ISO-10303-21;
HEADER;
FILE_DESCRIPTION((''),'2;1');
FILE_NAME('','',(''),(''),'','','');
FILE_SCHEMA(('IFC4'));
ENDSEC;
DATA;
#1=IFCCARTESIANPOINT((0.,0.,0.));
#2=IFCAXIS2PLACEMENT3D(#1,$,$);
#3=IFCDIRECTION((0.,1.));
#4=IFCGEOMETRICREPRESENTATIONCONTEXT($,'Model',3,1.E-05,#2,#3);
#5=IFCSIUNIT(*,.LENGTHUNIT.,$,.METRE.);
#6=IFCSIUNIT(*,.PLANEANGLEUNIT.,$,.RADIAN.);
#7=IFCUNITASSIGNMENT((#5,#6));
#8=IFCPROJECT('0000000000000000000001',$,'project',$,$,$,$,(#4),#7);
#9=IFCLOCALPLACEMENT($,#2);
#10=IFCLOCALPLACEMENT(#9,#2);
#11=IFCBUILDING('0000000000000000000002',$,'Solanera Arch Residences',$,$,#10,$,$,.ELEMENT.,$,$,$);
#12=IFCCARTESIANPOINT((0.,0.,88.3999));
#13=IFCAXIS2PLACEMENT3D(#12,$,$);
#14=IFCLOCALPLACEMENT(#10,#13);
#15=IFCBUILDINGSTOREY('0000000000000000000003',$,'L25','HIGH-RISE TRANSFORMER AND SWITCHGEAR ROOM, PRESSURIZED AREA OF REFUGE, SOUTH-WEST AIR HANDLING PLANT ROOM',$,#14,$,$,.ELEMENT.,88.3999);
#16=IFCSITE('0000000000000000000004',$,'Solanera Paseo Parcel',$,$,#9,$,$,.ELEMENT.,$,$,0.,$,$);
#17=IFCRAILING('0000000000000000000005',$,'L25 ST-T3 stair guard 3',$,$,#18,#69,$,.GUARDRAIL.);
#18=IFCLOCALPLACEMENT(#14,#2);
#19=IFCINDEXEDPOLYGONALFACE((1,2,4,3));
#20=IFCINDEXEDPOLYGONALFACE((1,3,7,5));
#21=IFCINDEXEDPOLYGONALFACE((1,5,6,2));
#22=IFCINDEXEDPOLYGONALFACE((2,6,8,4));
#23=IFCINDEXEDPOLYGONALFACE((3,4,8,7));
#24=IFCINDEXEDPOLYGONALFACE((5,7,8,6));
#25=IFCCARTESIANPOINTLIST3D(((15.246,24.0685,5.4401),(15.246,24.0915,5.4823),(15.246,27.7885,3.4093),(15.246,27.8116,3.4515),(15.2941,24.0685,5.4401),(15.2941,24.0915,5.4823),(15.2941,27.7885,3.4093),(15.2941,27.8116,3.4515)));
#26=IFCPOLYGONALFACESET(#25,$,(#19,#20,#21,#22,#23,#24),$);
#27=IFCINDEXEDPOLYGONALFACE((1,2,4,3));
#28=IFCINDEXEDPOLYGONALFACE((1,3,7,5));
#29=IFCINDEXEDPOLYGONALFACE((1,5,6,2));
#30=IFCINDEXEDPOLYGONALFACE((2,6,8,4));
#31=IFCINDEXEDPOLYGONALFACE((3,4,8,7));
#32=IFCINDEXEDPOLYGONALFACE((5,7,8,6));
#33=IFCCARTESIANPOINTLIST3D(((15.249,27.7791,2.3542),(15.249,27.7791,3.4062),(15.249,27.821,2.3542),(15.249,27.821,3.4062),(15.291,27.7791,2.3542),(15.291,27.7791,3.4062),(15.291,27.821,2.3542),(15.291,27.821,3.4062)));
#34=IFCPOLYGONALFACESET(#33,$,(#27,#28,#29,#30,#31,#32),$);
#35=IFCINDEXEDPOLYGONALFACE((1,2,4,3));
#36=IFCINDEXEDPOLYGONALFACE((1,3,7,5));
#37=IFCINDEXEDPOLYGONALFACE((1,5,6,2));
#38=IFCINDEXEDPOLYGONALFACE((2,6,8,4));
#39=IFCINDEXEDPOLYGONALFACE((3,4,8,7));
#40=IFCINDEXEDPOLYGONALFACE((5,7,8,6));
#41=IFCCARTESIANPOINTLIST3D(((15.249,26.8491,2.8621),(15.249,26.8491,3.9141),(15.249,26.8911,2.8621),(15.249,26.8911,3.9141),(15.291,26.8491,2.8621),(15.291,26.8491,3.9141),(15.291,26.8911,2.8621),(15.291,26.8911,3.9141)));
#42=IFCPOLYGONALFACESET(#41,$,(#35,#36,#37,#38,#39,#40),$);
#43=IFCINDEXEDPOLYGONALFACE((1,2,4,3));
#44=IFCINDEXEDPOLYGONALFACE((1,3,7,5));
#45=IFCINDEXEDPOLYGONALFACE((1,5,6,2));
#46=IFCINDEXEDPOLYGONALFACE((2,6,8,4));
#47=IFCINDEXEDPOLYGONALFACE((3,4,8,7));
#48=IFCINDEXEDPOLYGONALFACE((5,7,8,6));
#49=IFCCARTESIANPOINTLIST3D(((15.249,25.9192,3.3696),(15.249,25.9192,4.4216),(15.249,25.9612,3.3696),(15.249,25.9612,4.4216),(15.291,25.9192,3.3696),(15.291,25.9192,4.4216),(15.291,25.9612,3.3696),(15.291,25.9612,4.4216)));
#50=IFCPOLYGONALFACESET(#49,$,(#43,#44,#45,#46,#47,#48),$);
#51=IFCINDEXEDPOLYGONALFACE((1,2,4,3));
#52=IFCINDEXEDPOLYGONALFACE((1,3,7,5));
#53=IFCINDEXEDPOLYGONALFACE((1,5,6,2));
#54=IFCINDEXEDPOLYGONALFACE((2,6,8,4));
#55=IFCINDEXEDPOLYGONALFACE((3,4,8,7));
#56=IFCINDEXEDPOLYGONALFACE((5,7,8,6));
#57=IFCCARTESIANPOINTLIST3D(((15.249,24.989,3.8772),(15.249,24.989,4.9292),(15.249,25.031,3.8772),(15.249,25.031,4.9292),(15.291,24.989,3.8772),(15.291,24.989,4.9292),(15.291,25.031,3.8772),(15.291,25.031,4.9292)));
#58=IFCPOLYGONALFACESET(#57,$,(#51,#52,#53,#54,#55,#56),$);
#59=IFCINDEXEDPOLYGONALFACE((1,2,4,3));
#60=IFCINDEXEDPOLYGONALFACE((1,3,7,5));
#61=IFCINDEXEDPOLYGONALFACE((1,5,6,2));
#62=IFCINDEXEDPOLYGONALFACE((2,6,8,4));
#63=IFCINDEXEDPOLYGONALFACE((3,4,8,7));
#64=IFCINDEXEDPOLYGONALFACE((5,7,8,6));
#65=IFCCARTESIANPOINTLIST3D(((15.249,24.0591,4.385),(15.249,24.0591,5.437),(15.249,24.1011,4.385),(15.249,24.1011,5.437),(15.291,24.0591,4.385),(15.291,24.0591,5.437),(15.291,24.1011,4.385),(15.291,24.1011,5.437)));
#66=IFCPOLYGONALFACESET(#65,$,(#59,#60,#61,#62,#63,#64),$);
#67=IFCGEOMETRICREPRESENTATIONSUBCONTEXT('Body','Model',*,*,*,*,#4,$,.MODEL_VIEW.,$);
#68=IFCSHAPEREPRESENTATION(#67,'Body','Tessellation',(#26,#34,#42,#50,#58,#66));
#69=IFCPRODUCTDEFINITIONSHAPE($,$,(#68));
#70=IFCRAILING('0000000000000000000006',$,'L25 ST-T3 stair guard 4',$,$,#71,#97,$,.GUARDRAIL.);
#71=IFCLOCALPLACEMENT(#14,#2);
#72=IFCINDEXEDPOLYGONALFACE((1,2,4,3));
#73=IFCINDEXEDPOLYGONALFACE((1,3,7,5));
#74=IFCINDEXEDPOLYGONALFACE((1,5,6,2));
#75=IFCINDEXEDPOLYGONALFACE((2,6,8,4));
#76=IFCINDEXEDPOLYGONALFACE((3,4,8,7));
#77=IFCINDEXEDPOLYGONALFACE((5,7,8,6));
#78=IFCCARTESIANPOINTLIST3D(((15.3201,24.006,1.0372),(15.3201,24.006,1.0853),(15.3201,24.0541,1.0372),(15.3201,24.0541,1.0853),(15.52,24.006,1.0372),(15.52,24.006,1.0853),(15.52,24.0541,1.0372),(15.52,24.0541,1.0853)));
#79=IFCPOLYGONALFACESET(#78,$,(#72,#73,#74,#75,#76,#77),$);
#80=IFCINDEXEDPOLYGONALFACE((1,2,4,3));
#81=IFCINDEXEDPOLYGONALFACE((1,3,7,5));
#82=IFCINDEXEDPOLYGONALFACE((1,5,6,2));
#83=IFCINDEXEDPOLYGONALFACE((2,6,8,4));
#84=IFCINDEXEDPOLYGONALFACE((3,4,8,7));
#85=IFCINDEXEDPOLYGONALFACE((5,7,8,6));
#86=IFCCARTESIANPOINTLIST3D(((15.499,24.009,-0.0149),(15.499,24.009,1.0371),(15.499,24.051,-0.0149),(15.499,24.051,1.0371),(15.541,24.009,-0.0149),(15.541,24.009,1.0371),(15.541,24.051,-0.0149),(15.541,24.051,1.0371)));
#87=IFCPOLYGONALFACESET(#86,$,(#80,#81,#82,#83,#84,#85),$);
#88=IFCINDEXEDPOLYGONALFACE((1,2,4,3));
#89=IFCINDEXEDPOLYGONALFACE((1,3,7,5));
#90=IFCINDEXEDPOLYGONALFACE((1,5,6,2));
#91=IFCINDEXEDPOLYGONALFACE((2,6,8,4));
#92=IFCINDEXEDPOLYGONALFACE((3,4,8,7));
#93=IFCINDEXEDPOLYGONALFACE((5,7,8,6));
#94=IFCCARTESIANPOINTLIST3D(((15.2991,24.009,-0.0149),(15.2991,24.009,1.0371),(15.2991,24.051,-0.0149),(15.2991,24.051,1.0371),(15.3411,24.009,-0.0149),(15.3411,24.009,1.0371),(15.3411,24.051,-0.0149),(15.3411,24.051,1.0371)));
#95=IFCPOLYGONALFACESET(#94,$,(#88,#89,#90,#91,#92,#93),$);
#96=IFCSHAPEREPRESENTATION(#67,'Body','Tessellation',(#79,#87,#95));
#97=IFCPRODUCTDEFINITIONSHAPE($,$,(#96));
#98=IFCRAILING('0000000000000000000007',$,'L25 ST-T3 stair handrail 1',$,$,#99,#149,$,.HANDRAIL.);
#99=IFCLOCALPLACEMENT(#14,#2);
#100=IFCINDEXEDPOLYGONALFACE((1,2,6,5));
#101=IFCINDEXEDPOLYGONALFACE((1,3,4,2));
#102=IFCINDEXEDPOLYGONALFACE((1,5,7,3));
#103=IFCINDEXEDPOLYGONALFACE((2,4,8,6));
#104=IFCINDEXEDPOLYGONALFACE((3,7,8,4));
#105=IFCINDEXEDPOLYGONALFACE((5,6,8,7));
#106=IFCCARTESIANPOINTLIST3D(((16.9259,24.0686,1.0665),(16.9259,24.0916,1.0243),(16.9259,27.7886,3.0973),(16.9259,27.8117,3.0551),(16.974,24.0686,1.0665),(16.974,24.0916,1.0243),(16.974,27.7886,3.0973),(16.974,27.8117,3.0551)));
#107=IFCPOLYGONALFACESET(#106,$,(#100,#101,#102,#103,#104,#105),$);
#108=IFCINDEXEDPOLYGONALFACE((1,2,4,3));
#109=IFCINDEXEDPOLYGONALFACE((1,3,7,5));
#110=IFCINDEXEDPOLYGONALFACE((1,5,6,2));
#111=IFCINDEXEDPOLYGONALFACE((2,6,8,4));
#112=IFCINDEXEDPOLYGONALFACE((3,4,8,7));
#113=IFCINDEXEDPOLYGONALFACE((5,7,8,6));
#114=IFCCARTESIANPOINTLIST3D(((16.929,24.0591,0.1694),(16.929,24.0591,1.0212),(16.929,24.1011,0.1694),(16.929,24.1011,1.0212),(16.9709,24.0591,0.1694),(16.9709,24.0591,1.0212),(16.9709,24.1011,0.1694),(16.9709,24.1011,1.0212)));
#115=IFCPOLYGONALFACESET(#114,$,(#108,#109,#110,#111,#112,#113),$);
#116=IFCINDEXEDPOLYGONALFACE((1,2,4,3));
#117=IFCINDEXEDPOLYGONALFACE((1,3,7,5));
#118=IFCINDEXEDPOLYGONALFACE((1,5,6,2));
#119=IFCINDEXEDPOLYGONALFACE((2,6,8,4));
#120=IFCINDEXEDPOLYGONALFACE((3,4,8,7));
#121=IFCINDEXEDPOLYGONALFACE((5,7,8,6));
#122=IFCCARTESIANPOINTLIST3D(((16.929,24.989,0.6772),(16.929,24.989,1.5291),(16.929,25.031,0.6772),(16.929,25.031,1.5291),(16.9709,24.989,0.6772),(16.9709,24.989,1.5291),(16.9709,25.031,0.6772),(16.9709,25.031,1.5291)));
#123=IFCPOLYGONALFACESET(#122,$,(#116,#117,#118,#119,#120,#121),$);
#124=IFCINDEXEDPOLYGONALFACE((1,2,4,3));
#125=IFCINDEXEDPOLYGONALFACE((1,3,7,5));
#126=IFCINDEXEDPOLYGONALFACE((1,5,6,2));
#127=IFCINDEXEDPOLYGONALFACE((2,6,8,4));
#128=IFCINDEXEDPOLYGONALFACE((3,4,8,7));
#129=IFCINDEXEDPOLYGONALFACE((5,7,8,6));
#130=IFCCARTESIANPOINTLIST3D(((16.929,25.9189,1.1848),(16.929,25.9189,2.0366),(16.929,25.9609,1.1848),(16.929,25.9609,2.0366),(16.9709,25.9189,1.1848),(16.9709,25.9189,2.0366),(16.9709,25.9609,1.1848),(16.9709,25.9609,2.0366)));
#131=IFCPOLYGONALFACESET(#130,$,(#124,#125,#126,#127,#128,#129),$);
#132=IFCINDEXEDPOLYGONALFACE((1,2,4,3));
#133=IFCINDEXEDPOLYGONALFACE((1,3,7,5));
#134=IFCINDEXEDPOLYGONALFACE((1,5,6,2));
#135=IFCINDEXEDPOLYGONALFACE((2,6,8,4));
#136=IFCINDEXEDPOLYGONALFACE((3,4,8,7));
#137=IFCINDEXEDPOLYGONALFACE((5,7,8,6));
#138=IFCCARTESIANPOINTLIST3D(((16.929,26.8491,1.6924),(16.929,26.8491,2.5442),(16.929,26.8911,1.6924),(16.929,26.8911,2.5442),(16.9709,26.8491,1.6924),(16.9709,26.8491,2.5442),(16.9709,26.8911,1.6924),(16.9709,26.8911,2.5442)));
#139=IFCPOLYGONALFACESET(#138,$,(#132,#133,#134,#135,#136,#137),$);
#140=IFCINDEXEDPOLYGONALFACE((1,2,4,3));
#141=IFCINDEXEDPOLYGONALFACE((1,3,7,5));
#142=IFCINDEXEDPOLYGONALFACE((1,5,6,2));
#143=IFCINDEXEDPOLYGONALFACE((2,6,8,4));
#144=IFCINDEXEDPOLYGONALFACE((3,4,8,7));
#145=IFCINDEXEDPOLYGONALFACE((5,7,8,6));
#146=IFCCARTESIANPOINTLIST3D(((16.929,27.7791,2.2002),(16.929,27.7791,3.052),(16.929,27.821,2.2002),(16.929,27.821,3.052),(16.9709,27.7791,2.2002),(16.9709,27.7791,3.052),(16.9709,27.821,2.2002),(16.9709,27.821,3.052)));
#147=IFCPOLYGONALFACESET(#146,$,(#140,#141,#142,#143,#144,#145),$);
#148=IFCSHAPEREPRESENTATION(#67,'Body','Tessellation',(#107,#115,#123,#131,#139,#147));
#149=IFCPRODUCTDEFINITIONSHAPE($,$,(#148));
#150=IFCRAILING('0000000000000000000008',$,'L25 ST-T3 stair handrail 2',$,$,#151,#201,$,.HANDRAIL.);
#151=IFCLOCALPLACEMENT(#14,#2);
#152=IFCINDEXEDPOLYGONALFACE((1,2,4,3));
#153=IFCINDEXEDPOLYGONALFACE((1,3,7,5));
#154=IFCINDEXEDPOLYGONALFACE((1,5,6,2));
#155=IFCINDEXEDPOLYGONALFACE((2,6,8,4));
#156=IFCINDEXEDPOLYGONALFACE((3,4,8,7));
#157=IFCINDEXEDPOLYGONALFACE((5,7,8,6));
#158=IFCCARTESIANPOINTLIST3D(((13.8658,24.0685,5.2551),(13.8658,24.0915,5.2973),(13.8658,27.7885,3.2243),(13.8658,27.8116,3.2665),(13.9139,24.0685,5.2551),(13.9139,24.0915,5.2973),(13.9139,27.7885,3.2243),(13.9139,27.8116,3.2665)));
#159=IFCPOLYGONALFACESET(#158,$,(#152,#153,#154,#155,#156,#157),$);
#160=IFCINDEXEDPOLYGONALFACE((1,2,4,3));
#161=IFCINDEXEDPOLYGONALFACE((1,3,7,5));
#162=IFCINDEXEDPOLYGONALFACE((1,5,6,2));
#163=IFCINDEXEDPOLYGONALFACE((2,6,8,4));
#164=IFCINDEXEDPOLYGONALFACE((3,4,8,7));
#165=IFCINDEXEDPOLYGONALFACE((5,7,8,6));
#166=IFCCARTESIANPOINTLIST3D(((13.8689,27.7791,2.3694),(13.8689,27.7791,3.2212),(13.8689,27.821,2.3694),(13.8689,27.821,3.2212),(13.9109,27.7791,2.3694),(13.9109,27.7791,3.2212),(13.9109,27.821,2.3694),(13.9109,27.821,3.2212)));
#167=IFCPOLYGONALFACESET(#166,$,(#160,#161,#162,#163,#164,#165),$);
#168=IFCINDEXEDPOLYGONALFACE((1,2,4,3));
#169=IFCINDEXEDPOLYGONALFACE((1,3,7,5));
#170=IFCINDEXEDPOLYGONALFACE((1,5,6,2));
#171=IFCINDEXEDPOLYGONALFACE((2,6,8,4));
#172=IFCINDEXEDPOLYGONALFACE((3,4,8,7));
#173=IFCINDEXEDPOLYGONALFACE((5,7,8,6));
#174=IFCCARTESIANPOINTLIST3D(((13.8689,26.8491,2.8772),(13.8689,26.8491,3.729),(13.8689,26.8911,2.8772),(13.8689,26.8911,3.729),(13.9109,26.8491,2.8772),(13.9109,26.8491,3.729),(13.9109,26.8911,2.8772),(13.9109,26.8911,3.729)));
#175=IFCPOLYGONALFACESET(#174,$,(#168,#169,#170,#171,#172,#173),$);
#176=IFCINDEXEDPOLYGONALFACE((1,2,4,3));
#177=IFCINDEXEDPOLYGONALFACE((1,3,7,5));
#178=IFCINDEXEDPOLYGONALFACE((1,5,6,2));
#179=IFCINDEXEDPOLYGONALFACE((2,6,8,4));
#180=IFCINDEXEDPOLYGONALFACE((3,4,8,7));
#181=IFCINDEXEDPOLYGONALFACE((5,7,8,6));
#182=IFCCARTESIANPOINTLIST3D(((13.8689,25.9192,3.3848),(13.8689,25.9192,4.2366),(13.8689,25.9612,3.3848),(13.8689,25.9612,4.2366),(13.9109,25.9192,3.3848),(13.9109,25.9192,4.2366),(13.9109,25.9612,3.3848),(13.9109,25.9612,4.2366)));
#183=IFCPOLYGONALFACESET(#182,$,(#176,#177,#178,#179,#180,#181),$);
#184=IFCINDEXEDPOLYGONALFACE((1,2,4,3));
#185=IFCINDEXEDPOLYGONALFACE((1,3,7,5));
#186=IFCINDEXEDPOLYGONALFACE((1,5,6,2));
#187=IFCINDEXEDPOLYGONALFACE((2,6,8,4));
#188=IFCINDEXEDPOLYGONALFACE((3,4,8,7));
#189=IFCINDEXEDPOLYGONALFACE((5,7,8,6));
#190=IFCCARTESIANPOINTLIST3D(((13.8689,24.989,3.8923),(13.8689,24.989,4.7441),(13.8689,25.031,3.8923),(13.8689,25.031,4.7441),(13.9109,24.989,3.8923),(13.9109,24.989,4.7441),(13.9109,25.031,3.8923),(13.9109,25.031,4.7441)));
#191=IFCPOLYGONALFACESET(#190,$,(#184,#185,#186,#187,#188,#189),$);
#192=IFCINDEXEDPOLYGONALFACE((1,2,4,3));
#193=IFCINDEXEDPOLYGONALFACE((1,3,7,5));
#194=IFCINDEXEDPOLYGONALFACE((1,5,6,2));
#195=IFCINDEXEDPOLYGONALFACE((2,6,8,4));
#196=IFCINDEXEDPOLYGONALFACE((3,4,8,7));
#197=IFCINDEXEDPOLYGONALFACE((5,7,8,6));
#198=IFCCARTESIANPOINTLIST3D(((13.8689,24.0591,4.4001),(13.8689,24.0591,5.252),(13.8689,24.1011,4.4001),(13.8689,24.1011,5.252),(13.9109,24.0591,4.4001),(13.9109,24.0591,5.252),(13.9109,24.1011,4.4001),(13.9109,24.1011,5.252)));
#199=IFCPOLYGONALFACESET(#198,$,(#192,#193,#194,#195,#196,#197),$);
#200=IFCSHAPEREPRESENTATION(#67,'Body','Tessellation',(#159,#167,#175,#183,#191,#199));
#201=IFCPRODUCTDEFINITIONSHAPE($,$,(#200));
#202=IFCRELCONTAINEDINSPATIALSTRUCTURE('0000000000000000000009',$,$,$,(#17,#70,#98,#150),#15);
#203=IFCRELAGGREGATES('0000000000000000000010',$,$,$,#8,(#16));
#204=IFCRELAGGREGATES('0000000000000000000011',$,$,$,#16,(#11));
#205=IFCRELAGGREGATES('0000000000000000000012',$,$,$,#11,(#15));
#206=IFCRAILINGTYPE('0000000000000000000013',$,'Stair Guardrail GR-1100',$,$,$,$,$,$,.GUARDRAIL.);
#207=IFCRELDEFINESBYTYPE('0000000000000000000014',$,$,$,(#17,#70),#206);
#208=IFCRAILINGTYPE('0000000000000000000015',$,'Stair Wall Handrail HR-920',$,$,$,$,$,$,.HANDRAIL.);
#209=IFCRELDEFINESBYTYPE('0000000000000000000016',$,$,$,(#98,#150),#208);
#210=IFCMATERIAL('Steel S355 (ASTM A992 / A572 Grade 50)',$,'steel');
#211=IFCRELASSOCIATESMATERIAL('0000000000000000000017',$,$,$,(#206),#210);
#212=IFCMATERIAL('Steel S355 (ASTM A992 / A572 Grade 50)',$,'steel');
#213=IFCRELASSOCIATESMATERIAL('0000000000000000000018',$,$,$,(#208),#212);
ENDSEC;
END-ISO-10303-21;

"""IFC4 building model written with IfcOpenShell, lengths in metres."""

from ifc_helpers import new_model, si_unit, direction, frame, origin, origin_2d, place, context, subcontext, project, spatial, rectangle, extrude, material, type_object, element, save


model = new_model("IFC4")

# Units and contexts
model_context = context("Model", 3, precision=1e-05, world=origin(), true_north=direction((0.0, 1.0)))
body_context = subcontext(model_context, "Body", "Model", "MODEL_VIEW")
ifc_project = project(units=[si_unit("LENGTHUNIT", "METRE"), si_unit("PLANEANGLEUNIT", "RADIAN")], contexts=[model_context])

# Site, building, storey
site_placement = place(None, origin())
site = spatial("IfcSite", under=ifc_project, at=site_placement, Name="Solanera Paseo Parcel", CompositionType="ELEMENT", RefElevation=0.0)
building_placement = place(site_placement, origin())
building = spatial("IfcBuilding", under=site, at=building_placement, Name="Solanera Arch Residences", CompositionType="ELEMENT")
storey_placement = place(building_placement, frame((0.0, 0.0, 88.3999)))
storey = spatial("IfcBuildingStorey", under=building, at=storey_placement, Name="L25", Description="HIGH-RISE TRANSFORMER AND SWITCHGEAR ROOM, PRESSURIZED AREA OF REFUGE, SOUTH-WEST AIR HANDLING PLANT ROOM", CompositionType="ELEMENT", Elevation=88.3999)

# Railings
ifc_material_1 = material(Name="Steel S355 (ASTM A992 / A572 Grade 50)", Category="steel")
railing_type_1 = type_object("IfcRailingType", Name="Stair Guardrail GR-1100", PredefinedType="GUARDRAIL", material=ifc_material_1)
railing_1_placement = place(storey_placement, frame((15.27, 27.8, 2.3542)))
element("IfcRailing", 1, at=railing_1_placement, inside=storey, type_object=railing_type_1, Name="L25 ST-T3 stair guard 3", PredefinedType="GUARDRAIL", context=body_context, shape_type="SweptSolid", body=[
    extrude(rectangle(XDim=0.0481, YDim=0.0481, at=origin_2d()), frame((0.0, 0.0, 1.0762), z_axis=(0.0, -0.877728, 0.479159), x_axis=(1.0, 0.0, 0.0)), (0.0, 0.0, 1.0), 4.2383),
    extrude(rectangle(XDim=0.042, YDim=0.042, at=origin_2d()), origin(), (0.0, 0.0, 1.0), 1.052),
    extrude(rectangle(XDim=0.042, YDim=0.042, at=origin_2d()), frame((0.0, -0.9299, 0.5078)), (0.0, 0.0, 1.0), 1.052),
    extrude(rectangle(XDim=0.042, YDim=0.042, at=origin_2d()), frame((0.0, -1.8599, 1.0154)), (0.0, 0.0, 1.0), 1.052),
    extrude(rectangle(XDim=0.042, YDim=0.042, at=origin_2d()), frame((0.0, -2.79, 1.5229)), (0.0, 0.0, 1.0), 1.052),
    extrude(rectangle(XDim=0.042, YDim=0.042, at=origin_2d()), frame((0.0, -3.72, 2.0308)), (0.0, 0.0, 1.0), 1.052),
])
railing_2_placement = place(storey_placement, frame((15.52, 24.03, -0.0149)))
element("IfcRailing", 2, at=railing_2_placement, inside=storey, type_object=railing_type_1, Name="L25 ST-T3 stair guard 4", PredefinedType="GUARDRAIL", context=body_context, shape_type="SweptSolid", body=[
    extrude(rectangle(XDim=0.0481, YDim=0.0481, at=origin_2d()), frame((0.0, 0.0, 1.0762), z_axis=(-1.0, 0.0, 0.0), x_axis=(0.0, -1.0, 0.0)), (0.0, 0.0, 1.0), 0.2),
    extrude(rectangle(XDim=0.042, YDim=0.042, at=origin_2d()), origin(), (0.0, 0.0, 1.0), 1.052),
    extrude(rectangle(XDim=0.042, YDim=0.042, at=origin_2d()), frame((-0.2, 0.0, 0.0)), (0.0, 0.0, 1.0), 1.052),
])
ifc_material_2 = material(Name="Steel S355 (ASTM A992 / A572 Grade 50)", Category="steel")
railing_type_2 = type_object("IfcRailingType", Name="Stair Wall Handrail HR-920", PredefinedType="HANDRAIL", material=ifc_material_2)
railing_3_placement = place(storey_placement, frame((16.95, 24.0801, 0.1694)))
element("IfcRailing", 3, at=railing_3_placement, inside=storey, type_object=railing_type_2, Name="L25 ST-T3 stair handrail 1", PredefinedType="HANDRAIL", context=body_context, shape_type="SweptSolid", body=[
    extrude(rectangle(XDim=0.0481, YDim=0.0481, at=origin_2d()), frame((0.0, 0.0, 0.876), z_axis=(0.0, 0.877728, 0.479159), x_axis=(-1.0, 0.0, 0.0)), (0.0, 0.0, 1.0), 4.2383),
    extrude(rectangle(XDim=0.042, YDim=0.042, at=origin_2d()), origin(), (0.0, 0.0, 1.0), 0.8518),
    extrude(rectangle(XDim=0.042, YDim=0.042, at=origin_2d()), frame((0.0, 0.9299, 0.5078)), (0.0, 0.0, 1.0), 0.8518),
    extrude(rectangle(XDim=0.042, YDim=0.042, at=origin_2d()), frame((0.0, 1.8599, 1.0154)), (0.0, 0.0, 1.0), 0.8518),
    extrude(rectangle(XDim=0.042, YDim=0.042, at=origin_2d()), frame((0.0, 2.79, 1.5229)), (0.0, 0.0, 1.0), 0.8518),
    extrude(rectangle(XDim=0.042, YDim=0.042, at=origin_2d()), frame((0.0, 3.72, 2.0308)), (0.0, 0.0, 1.0), 0.8518),
])
railing_4_placement = place(storey_placement, frame((13.8899, 27.8, 2.3694)))
element("IfcRailing", 4, at=railing_4_placement, inside=storey, type_object=railing_type_2, Name="L25 ST-T3 stair handrail 2", PredefinedType="HANDRAIL", context=body_context, shape_type="SweptSolid", body=[
    extrude(rectangle(XDim=0.0481, YDim=0.0481, at=origin_2d()), frame((0.0, 0.0, 0.876), z_axis=(0.0, -0.877728, 0.479159), x_axis=(1.0, 0.0, 0.0)), (0.0, 0.0, 1.0), 4.2383),
    extrude(rectangle(XDim=0.042, YDim=0.042, at=origin_2d()), origin(), (0.0, 0.0, 1.0), 0.8518),
    extrude(rectangle(XDim=0.042, YDim=0.042, at=origin_2d()), frame((0.0, -0.9299, 0.5078)), (0.0, 0.0, 1.0), 0.8518),
    extrude(rectangle(XDim=0.042, YDim=0.042, at=origin_2d()), frame((0.0, -1.8599, 1.0154)), (0.0, 0.0, 1.0), 0.8518),
    extrude(rectangle(XDim=0.042, YDim=0.042, at=origin_2d()), frame((0.0, -2.79, 1.5229)), (0.0, 0.0, 1.0), 0.8518),
    extrude(rectangle(XDim=0.042, YDim=0.042, at=origin_2d()), frame((0.0, -3.72, 2.0308)), (0.0, 0.0, 1.0), 0.8518),
])

save(model, "model.ifc")
